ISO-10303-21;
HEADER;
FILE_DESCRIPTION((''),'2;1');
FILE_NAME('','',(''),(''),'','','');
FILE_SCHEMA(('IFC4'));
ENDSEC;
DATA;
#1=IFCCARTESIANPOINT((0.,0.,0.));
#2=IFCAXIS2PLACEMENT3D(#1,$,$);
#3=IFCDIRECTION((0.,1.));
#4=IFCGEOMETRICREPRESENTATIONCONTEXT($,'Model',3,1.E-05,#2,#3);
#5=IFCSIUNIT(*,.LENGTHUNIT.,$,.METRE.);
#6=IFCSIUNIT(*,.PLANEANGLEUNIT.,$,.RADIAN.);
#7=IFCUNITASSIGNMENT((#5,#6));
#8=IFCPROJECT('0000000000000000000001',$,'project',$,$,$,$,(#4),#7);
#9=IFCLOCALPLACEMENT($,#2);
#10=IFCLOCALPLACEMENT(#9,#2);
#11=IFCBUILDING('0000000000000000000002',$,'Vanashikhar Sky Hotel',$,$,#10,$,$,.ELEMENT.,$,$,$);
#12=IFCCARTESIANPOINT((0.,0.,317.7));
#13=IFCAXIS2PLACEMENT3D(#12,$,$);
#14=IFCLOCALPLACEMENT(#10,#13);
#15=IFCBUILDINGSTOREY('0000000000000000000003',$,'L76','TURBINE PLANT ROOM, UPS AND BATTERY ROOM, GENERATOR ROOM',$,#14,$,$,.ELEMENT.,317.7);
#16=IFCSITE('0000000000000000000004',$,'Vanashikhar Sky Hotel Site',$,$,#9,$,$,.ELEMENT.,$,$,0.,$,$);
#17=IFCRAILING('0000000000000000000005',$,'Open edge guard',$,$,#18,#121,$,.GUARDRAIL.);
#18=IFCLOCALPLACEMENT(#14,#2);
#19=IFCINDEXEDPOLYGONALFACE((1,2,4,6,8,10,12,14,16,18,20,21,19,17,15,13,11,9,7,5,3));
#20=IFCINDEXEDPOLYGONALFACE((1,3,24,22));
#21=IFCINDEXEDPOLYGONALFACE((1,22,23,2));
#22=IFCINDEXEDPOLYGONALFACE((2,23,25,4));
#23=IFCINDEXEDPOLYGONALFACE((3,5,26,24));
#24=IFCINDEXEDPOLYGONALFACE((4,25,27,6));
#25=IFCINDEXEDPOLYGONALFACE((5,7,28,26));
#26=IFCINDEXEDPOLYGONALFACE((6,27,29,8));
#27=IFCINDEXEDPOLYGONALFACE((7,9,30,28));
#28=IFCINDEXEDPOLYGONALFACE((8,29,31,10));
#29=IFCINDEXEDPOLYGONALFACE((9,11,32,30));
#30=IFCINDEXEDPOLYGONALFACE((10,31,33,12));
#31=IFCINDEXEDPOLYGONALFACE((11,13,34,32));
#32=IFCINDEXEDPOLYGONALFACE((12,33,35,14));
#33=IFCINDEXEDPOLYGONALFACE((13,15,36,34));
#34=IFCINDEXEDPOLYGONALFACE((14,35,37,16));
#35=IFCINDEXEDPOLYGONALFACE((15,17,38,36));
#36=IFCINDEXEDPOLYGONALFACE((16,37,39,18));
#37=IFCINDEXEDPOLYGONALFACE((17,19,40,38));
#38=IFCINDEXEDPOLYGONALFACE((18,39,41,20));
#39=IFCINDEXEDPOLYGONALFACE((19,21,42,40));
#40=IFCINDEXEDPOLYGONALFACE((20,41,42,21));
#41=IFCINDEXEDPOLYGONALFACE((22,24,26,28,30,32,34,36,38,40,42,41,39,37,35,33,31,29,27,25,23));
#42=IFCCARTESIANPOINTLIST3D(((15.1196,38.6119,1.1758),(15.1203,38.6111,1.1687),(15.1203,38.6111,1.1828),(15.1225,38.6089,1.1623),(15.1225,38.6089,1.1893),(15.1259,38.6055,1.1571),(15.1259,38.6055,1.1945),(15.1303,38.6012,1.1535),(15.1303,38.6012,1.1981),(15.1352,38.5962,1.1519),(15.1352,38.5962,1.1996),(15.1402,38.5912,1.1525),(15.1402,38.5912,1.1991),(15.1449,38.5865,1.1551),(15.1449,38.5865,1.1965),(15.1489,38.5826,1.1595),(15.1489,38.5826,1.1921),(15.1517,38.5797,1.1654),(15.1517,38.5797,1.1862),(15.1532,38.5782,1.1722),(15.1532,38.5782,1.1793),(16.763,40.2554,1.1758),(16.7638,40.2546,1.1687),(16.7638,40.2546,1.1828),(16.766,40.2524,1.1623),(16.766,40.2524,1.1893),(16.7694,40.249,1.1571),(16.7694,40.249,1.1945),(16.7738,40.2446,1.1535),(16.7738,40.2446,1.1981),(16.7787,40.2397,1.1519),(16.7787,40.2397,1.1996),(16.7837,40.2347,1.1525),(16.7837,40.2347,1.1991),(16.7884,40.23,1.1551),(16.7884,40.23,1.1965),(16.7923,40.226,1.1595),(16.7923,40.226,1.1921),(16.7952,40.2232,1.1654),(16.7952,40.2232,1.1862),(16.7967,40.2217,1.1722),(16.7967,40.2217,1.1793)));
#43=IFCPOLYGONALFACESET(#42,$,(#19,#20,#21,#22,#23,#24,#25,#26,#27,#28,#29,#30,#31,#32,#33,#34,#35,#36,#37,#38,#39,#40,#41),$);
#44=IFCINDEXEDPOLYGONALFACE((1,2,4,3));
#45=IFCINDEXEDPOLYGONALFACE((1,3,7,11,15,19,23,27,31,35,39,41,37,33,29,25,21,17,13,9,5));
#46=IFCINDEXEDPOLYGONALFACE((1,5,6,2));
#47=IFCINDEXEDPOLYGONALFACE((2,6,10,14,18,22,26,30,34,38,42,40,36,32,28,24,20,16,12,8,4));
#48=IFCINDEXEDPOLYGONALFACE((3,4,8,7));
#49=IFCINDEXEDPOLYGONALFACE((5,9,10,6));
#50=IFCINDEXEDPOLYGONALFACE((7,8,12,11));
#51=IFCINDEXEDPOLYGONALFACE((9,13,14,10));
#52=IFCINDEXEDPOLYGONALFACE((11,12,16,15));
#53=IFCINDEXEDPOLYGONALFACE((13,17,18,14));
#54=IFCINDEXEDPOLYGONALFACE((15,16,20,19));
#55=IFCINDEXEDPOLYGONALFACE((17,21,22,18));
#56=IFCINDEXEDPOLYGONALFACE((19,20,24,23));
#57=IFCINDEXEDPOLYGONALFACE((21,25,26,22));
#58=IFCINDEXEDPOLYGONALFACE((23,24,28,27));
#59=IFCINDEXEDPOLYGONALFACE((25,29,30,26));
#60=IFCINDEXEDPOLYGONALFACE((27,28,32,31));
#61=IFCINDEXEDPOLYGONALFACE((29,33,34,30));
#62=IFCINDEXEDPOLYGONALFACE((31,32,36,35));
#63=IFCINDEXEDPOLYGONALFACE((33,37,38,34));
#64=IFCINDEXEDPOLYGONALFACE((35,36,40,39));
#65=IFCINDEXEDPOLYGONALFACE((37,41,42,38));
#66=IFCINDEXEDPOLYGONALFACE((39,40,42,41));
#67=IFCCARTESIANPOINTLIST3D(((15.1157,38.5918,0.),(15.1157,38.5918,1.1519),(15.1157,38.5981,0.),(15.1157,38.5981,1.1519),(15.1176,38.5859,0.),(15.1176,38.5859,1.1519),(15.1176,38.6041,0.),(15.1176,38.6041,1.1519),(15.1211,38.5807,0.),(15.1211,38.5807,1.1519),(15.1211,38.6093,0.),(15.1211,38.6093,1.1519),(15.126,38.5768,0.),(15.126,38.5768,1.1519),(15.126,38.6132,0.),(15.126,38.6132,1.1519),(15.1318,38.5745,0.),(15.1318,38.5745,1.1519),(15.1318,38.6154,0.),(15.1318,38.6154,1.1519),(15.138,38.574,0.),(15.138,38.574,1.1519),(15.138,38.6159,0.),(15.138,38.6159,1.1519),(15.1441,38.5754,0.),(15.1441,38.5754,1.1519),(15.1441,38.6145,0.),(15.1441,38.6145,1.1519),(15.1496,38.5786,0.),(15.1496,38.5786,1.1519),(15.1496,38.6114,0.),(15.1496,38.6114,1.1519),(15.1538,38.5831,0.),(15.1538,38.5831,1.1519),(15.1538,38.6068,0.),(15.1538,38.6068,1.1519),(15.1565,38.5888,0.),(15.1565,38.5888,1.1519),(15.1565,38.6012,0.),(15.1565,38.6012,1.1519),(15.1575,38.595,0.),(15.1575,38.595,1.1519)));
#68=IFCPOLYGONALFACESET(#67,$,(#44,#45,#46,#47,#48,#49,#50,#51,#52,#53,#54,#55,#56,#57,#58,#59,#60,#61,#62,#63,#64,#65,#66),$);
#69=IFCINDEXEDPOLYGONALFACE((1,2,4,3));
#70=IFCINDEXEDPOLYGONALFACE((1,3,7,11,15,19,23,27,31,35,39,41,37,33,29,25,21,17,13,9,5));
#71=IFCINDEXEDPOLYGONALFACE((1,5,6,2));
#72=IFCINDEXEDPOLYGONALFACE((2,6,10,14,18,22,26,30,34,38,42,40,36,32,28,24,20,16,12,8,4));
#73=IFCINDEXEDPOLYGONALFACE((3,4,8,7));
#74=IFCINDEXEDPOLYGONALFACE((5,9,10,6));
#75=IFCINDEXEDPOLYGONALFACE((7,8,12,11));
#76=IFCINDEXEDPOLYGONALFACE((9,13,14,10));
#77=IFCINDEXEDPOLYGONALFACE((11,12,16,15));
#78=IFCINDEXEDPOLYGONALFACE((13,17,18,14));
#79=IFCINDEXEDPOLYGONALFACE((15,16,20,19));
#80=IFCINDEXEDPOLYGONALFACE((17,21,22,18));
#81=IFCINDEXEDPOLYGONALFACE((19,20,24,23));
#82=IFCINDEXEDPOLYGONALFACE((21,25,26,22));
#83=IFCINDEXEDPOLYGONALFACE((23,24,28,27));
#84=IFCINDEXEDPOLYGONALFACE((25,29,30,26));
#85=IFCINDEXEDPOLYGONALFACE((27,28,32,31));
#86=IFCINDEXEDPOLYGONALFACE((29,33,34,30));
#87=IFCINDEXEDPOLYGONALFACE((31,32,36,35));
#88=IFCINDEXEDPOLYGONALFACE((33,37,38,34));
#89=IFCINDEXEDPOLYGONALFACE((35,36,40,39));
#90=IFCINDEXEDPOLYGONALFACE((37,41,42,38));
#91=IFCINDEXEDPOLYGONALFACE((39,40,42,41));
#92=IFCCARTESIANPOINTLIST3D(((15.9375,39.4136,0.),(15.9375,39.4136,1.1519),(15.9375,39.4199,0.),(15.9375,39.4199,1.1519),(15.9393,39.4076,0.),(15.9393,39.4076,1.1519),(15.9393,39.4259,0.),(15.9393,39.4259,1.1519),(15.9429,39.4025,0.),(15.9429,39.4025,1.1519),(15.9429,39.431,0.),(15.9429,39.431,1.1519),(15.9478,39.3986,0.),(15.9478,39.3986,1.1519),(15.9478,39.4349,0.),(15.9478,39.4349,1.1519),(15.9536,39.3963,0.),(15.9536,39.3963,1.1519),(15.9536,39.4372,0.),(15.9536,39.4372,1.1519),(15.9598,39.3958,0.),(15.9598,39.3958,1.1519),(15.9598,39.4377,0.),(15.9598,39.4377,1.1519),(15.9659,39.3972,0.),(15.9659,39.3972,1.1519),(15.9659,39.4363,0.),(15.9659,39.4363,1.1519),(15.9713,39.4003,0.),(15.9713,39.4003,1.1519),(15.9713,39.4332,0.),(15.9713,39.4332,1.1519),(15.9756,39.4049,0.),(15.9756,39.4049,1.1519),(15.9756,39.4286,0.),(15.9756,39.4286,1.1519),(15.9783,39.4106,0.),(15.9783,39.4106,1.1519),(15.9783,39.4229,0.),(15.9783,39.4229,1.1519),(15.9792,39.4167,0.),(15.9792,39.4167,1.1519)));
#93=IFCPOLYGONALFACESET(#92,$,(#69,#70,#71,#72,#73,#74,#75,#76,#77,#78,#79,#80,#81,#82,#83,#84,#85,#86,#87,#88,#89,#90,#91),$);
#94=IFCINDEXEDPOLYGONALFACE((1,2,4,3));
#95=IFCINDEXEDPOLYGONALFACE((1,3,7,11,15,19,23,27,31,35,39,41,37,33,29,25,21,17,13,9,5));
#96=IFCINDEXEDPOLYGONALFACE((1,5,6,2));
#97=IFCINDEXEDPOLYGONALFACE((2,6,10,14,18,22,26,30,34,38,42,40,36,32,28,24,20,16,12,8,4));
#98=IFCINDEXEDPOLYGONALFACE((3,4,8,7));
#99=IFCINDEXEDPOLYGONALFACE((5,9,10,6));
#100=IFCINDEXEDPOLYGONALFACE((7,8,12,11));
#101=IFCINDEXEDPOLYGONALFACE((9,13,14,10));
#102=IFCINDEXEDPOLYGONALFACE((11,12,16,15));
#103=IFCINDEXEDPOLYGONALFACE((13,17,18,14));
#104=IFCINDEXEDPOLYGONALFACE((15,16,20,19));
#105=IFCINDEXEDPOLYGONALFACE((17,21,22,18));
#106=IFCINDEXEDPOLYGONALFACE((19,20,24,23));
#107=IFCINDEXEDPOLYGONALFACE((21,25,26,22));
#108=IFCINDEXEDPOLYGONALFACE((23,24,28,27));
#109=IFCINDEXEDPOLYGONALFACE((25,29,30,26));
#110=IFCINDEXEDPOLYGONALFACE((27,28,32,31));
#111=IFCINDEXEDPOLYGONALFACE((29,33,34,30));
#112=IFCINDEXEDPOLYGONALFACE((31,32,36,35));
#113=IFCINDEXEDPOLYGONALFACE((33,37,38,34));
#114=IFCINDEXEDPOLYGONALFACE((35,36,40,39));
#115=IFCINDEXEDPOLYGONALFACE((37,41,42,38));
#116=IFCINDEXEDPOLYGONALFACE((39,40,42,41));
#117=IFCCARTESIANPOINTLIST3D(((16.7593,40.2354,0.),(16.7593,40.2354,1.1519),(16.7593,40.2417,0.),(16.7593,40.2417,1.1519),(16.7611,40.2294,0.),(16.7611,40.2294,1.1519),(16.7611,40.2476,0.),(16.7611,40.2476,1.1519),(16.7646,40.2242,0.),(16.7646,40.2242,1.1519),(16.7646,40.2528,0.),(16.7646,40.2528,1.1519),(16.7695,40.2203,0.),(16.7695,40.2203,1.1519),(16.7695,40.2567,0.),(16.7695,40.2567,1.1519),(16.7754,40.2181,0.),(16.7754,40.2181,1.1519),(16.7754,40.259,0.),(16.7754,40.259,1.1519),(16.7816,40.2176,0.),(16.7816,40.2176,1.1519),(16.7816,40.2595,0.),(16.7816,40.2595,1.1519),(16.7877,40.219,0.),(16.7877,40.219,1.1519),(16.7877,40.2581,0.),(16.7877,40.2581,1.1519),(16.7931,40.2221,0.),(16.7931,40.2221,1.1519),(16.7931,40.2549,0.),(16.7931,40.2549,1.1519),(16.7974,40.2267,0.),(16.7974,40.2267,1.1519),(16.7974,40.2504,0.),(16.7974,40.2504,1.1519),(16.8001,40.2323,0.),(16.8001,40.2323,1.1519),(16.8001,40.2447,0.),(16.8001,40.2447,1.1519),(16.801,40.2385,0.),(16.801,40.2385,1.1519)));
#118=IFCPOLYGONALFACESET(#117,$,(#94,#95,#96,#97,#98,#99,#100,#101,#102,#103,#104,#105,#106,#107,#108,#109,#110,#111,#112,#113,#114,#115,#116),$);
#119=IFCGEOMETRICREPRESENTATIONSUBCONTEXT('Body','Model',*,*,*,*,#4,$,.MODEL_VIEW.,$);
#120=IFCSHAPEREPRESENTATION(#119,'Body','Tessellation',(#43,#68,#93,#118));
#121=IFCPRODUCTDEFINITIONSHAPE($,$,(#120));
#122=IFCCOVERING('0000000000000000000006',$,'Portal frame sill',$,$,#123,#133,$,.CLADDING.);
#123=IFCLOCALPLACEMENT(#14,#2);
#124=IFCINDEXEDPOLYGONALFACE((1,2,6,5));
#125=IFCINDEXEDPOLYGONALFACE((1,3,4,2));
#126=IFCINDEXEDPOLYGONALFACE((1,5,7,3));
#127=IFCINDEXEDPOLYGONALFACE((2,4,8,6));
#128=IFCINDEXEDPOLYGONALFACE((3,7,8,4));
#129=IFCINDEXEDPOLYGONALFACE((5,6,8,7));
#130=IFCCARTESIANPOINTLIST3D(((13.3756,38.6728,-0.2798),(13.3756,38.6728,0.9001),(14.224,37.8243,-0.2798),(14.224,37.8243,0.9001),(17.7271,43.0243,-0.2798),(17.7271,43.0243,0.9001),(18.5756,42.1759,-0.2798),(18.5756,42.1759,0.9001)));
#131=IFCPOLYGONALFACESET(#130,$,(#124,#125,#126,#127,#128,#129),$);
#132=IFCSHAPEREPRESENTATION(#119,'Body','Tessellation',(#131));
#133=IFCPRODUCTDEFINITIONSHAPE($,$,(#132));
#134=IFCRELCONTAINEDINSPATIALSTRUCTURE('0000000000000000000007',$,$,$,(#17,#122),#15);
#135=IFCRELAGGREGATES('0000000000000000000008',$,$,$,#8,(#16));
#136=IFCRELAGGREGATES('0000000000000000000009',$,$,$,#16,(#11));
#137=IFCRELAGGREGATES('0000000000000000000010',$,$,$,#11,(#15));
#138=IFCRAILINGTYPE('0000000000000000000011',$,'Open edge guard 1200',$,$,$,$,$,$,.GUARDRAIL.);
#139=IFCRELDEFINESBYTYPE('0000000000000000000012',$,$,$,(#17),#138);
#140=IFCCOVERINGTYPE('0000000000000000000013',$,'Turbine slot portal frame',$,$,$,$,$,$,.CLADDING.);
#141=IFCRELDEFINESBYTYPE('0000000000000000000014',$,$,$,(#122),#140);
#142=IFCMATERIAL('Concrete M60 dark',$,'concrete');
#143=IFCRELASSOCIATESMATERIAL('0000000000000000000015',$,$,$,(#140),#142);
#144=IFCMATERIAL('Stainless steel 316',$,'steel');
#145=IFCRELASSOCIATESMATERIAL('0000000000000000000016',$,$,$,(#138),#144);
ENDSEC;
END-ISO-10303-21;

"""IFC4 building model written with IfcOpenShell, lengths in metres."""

from ifc_helpers import new_model, si_unit, direction, frame, origin, origin_2d, place, context, subcontext, project, spatial, rectangle, circle, extrude, source, transform, mapped, material, type_object, element, save


model = new_model("IFC4")

# Units and contexts
model_context = context("Model", 3, precision=1e-05, world=origin(), true_north=direction((0.0, 1.0)))
body_context = subcontext(model_context, "Body", "Model", "MODEL_VIEW")
ifc_project = project(units=[si_unit("LENGTHUNIT", "METRE"), si_unit("PLANEANGLEUNIT", "RADIAN")], contexts=[model_context])

# Site, building, storey
site_placement = place(None, origin())
site = spatial("IfcSite", under=ifc_project, at=site_placement, Name="Vanashikhar Sky Hotel Site", CompositionType="ELEMENT", RefElevation=0.0)
building_placement = place(site_placement, origin())
building = spatial("IfcBuilding", under=site, at=building_placement, Name="Vanashikhar Sky Hotel", CompositionType="ELEMENT")
storey_placement = place(building_placement, frame((0.0, 0.0, 317.7)))
storey = spatial("IfcBuildingStorey", under=building, at=storey_placement, Name="L76", Description="TURBINE PLANT ROOM, UPS AND BATTERY ROOM, GENERATOR ROOM", CompositionType="ELEMENT", Elevation=317.7)

# Shared definitions
ifc_material_1 = material(Name="Concrete M60 dark", Category="concrete")
covering_type = type_object("IfcCoveringType", Name="Turbine slot portal frame", PredefinedType="CLADDING", material=ifc_material_1)

# Railing
ifc_material_2 = material(Name="Stainless steel 316", Category="steel")
railing_type = type_object("IfcRailingType", Name="Open edge guard 1200", PredefinedType="GUARDRAIL", material=ifc_material_2)
shared_shape_1 = source(origin(), body_context, "Body", "SweptSolid", [
    extrude(circle(Radius=0.0239, at=origin_2d()), frame((0.0, 0.0, 1.1758), z_axis=(0.707107, 0.707107, 0.0), x_axis=(-0.707107, 0.707107, 0.0)), (0.0, 0.0, 1.0), 2.3242),
    extrude(circle(Radius=0.021, at=origin_2d()), origin(), (0.0, 0.0, 1.0), 1.1519),
    extrude(circle(Radius=0.021, at=origin_2d()), frame((0.8218, 0.8218, 0.0)), (0.0, 0.0, 1.0), 1.1519),
    extrude(circle(Radius=0.021, at=origin_2d()), frame((1.6436, 1.6436, 0.0)), (0.0, 0.0, 1.0), 1.1519),
])
railing_1_placement = place(storey_placement, frame((15.1365, 38.595, 0.0)))
element("IfcRailing", 1, at=railing_1_placement, inside=storey, type_object=railing_type, Name="Open edge guard", PredefinedType="GUARDRAIL", context=body_context, shape_type="MappedRepresentation", body=[
    mapped(shared_shape_1, transform((0.0, 0.0, 0.0), scale=1.0)),
])

# Covering
shared_shape_2 = source(origin(), body_context, "Body", "SweptSolid", [
    extrude(rectangle(XDim=6.1541, YDim=1.2, at=origin_2d()), origin(), (0.0, 0.0, 1.0), 1.1799),
])
covering_1_placement = place(storey_placement, frame((15.9756, 40.4243, -0.2798), z_axis=(0.0, 0.0, 1.0), x_axis=(-0.707107, -0.707107, 0.0)))
element("IfcCovering", 2, at=covering_1_placement, inside=storey, type_object=covering_type, Name="Portal frame sill", PredefinedType="CLADDING", context=body_context, shape_type="MappedRepresentation", body=[
    mapped(shared_shape_2, transform((0.0, 0.0, 0.0), scale=1.0)),
])

save(model, "model.ifc")
